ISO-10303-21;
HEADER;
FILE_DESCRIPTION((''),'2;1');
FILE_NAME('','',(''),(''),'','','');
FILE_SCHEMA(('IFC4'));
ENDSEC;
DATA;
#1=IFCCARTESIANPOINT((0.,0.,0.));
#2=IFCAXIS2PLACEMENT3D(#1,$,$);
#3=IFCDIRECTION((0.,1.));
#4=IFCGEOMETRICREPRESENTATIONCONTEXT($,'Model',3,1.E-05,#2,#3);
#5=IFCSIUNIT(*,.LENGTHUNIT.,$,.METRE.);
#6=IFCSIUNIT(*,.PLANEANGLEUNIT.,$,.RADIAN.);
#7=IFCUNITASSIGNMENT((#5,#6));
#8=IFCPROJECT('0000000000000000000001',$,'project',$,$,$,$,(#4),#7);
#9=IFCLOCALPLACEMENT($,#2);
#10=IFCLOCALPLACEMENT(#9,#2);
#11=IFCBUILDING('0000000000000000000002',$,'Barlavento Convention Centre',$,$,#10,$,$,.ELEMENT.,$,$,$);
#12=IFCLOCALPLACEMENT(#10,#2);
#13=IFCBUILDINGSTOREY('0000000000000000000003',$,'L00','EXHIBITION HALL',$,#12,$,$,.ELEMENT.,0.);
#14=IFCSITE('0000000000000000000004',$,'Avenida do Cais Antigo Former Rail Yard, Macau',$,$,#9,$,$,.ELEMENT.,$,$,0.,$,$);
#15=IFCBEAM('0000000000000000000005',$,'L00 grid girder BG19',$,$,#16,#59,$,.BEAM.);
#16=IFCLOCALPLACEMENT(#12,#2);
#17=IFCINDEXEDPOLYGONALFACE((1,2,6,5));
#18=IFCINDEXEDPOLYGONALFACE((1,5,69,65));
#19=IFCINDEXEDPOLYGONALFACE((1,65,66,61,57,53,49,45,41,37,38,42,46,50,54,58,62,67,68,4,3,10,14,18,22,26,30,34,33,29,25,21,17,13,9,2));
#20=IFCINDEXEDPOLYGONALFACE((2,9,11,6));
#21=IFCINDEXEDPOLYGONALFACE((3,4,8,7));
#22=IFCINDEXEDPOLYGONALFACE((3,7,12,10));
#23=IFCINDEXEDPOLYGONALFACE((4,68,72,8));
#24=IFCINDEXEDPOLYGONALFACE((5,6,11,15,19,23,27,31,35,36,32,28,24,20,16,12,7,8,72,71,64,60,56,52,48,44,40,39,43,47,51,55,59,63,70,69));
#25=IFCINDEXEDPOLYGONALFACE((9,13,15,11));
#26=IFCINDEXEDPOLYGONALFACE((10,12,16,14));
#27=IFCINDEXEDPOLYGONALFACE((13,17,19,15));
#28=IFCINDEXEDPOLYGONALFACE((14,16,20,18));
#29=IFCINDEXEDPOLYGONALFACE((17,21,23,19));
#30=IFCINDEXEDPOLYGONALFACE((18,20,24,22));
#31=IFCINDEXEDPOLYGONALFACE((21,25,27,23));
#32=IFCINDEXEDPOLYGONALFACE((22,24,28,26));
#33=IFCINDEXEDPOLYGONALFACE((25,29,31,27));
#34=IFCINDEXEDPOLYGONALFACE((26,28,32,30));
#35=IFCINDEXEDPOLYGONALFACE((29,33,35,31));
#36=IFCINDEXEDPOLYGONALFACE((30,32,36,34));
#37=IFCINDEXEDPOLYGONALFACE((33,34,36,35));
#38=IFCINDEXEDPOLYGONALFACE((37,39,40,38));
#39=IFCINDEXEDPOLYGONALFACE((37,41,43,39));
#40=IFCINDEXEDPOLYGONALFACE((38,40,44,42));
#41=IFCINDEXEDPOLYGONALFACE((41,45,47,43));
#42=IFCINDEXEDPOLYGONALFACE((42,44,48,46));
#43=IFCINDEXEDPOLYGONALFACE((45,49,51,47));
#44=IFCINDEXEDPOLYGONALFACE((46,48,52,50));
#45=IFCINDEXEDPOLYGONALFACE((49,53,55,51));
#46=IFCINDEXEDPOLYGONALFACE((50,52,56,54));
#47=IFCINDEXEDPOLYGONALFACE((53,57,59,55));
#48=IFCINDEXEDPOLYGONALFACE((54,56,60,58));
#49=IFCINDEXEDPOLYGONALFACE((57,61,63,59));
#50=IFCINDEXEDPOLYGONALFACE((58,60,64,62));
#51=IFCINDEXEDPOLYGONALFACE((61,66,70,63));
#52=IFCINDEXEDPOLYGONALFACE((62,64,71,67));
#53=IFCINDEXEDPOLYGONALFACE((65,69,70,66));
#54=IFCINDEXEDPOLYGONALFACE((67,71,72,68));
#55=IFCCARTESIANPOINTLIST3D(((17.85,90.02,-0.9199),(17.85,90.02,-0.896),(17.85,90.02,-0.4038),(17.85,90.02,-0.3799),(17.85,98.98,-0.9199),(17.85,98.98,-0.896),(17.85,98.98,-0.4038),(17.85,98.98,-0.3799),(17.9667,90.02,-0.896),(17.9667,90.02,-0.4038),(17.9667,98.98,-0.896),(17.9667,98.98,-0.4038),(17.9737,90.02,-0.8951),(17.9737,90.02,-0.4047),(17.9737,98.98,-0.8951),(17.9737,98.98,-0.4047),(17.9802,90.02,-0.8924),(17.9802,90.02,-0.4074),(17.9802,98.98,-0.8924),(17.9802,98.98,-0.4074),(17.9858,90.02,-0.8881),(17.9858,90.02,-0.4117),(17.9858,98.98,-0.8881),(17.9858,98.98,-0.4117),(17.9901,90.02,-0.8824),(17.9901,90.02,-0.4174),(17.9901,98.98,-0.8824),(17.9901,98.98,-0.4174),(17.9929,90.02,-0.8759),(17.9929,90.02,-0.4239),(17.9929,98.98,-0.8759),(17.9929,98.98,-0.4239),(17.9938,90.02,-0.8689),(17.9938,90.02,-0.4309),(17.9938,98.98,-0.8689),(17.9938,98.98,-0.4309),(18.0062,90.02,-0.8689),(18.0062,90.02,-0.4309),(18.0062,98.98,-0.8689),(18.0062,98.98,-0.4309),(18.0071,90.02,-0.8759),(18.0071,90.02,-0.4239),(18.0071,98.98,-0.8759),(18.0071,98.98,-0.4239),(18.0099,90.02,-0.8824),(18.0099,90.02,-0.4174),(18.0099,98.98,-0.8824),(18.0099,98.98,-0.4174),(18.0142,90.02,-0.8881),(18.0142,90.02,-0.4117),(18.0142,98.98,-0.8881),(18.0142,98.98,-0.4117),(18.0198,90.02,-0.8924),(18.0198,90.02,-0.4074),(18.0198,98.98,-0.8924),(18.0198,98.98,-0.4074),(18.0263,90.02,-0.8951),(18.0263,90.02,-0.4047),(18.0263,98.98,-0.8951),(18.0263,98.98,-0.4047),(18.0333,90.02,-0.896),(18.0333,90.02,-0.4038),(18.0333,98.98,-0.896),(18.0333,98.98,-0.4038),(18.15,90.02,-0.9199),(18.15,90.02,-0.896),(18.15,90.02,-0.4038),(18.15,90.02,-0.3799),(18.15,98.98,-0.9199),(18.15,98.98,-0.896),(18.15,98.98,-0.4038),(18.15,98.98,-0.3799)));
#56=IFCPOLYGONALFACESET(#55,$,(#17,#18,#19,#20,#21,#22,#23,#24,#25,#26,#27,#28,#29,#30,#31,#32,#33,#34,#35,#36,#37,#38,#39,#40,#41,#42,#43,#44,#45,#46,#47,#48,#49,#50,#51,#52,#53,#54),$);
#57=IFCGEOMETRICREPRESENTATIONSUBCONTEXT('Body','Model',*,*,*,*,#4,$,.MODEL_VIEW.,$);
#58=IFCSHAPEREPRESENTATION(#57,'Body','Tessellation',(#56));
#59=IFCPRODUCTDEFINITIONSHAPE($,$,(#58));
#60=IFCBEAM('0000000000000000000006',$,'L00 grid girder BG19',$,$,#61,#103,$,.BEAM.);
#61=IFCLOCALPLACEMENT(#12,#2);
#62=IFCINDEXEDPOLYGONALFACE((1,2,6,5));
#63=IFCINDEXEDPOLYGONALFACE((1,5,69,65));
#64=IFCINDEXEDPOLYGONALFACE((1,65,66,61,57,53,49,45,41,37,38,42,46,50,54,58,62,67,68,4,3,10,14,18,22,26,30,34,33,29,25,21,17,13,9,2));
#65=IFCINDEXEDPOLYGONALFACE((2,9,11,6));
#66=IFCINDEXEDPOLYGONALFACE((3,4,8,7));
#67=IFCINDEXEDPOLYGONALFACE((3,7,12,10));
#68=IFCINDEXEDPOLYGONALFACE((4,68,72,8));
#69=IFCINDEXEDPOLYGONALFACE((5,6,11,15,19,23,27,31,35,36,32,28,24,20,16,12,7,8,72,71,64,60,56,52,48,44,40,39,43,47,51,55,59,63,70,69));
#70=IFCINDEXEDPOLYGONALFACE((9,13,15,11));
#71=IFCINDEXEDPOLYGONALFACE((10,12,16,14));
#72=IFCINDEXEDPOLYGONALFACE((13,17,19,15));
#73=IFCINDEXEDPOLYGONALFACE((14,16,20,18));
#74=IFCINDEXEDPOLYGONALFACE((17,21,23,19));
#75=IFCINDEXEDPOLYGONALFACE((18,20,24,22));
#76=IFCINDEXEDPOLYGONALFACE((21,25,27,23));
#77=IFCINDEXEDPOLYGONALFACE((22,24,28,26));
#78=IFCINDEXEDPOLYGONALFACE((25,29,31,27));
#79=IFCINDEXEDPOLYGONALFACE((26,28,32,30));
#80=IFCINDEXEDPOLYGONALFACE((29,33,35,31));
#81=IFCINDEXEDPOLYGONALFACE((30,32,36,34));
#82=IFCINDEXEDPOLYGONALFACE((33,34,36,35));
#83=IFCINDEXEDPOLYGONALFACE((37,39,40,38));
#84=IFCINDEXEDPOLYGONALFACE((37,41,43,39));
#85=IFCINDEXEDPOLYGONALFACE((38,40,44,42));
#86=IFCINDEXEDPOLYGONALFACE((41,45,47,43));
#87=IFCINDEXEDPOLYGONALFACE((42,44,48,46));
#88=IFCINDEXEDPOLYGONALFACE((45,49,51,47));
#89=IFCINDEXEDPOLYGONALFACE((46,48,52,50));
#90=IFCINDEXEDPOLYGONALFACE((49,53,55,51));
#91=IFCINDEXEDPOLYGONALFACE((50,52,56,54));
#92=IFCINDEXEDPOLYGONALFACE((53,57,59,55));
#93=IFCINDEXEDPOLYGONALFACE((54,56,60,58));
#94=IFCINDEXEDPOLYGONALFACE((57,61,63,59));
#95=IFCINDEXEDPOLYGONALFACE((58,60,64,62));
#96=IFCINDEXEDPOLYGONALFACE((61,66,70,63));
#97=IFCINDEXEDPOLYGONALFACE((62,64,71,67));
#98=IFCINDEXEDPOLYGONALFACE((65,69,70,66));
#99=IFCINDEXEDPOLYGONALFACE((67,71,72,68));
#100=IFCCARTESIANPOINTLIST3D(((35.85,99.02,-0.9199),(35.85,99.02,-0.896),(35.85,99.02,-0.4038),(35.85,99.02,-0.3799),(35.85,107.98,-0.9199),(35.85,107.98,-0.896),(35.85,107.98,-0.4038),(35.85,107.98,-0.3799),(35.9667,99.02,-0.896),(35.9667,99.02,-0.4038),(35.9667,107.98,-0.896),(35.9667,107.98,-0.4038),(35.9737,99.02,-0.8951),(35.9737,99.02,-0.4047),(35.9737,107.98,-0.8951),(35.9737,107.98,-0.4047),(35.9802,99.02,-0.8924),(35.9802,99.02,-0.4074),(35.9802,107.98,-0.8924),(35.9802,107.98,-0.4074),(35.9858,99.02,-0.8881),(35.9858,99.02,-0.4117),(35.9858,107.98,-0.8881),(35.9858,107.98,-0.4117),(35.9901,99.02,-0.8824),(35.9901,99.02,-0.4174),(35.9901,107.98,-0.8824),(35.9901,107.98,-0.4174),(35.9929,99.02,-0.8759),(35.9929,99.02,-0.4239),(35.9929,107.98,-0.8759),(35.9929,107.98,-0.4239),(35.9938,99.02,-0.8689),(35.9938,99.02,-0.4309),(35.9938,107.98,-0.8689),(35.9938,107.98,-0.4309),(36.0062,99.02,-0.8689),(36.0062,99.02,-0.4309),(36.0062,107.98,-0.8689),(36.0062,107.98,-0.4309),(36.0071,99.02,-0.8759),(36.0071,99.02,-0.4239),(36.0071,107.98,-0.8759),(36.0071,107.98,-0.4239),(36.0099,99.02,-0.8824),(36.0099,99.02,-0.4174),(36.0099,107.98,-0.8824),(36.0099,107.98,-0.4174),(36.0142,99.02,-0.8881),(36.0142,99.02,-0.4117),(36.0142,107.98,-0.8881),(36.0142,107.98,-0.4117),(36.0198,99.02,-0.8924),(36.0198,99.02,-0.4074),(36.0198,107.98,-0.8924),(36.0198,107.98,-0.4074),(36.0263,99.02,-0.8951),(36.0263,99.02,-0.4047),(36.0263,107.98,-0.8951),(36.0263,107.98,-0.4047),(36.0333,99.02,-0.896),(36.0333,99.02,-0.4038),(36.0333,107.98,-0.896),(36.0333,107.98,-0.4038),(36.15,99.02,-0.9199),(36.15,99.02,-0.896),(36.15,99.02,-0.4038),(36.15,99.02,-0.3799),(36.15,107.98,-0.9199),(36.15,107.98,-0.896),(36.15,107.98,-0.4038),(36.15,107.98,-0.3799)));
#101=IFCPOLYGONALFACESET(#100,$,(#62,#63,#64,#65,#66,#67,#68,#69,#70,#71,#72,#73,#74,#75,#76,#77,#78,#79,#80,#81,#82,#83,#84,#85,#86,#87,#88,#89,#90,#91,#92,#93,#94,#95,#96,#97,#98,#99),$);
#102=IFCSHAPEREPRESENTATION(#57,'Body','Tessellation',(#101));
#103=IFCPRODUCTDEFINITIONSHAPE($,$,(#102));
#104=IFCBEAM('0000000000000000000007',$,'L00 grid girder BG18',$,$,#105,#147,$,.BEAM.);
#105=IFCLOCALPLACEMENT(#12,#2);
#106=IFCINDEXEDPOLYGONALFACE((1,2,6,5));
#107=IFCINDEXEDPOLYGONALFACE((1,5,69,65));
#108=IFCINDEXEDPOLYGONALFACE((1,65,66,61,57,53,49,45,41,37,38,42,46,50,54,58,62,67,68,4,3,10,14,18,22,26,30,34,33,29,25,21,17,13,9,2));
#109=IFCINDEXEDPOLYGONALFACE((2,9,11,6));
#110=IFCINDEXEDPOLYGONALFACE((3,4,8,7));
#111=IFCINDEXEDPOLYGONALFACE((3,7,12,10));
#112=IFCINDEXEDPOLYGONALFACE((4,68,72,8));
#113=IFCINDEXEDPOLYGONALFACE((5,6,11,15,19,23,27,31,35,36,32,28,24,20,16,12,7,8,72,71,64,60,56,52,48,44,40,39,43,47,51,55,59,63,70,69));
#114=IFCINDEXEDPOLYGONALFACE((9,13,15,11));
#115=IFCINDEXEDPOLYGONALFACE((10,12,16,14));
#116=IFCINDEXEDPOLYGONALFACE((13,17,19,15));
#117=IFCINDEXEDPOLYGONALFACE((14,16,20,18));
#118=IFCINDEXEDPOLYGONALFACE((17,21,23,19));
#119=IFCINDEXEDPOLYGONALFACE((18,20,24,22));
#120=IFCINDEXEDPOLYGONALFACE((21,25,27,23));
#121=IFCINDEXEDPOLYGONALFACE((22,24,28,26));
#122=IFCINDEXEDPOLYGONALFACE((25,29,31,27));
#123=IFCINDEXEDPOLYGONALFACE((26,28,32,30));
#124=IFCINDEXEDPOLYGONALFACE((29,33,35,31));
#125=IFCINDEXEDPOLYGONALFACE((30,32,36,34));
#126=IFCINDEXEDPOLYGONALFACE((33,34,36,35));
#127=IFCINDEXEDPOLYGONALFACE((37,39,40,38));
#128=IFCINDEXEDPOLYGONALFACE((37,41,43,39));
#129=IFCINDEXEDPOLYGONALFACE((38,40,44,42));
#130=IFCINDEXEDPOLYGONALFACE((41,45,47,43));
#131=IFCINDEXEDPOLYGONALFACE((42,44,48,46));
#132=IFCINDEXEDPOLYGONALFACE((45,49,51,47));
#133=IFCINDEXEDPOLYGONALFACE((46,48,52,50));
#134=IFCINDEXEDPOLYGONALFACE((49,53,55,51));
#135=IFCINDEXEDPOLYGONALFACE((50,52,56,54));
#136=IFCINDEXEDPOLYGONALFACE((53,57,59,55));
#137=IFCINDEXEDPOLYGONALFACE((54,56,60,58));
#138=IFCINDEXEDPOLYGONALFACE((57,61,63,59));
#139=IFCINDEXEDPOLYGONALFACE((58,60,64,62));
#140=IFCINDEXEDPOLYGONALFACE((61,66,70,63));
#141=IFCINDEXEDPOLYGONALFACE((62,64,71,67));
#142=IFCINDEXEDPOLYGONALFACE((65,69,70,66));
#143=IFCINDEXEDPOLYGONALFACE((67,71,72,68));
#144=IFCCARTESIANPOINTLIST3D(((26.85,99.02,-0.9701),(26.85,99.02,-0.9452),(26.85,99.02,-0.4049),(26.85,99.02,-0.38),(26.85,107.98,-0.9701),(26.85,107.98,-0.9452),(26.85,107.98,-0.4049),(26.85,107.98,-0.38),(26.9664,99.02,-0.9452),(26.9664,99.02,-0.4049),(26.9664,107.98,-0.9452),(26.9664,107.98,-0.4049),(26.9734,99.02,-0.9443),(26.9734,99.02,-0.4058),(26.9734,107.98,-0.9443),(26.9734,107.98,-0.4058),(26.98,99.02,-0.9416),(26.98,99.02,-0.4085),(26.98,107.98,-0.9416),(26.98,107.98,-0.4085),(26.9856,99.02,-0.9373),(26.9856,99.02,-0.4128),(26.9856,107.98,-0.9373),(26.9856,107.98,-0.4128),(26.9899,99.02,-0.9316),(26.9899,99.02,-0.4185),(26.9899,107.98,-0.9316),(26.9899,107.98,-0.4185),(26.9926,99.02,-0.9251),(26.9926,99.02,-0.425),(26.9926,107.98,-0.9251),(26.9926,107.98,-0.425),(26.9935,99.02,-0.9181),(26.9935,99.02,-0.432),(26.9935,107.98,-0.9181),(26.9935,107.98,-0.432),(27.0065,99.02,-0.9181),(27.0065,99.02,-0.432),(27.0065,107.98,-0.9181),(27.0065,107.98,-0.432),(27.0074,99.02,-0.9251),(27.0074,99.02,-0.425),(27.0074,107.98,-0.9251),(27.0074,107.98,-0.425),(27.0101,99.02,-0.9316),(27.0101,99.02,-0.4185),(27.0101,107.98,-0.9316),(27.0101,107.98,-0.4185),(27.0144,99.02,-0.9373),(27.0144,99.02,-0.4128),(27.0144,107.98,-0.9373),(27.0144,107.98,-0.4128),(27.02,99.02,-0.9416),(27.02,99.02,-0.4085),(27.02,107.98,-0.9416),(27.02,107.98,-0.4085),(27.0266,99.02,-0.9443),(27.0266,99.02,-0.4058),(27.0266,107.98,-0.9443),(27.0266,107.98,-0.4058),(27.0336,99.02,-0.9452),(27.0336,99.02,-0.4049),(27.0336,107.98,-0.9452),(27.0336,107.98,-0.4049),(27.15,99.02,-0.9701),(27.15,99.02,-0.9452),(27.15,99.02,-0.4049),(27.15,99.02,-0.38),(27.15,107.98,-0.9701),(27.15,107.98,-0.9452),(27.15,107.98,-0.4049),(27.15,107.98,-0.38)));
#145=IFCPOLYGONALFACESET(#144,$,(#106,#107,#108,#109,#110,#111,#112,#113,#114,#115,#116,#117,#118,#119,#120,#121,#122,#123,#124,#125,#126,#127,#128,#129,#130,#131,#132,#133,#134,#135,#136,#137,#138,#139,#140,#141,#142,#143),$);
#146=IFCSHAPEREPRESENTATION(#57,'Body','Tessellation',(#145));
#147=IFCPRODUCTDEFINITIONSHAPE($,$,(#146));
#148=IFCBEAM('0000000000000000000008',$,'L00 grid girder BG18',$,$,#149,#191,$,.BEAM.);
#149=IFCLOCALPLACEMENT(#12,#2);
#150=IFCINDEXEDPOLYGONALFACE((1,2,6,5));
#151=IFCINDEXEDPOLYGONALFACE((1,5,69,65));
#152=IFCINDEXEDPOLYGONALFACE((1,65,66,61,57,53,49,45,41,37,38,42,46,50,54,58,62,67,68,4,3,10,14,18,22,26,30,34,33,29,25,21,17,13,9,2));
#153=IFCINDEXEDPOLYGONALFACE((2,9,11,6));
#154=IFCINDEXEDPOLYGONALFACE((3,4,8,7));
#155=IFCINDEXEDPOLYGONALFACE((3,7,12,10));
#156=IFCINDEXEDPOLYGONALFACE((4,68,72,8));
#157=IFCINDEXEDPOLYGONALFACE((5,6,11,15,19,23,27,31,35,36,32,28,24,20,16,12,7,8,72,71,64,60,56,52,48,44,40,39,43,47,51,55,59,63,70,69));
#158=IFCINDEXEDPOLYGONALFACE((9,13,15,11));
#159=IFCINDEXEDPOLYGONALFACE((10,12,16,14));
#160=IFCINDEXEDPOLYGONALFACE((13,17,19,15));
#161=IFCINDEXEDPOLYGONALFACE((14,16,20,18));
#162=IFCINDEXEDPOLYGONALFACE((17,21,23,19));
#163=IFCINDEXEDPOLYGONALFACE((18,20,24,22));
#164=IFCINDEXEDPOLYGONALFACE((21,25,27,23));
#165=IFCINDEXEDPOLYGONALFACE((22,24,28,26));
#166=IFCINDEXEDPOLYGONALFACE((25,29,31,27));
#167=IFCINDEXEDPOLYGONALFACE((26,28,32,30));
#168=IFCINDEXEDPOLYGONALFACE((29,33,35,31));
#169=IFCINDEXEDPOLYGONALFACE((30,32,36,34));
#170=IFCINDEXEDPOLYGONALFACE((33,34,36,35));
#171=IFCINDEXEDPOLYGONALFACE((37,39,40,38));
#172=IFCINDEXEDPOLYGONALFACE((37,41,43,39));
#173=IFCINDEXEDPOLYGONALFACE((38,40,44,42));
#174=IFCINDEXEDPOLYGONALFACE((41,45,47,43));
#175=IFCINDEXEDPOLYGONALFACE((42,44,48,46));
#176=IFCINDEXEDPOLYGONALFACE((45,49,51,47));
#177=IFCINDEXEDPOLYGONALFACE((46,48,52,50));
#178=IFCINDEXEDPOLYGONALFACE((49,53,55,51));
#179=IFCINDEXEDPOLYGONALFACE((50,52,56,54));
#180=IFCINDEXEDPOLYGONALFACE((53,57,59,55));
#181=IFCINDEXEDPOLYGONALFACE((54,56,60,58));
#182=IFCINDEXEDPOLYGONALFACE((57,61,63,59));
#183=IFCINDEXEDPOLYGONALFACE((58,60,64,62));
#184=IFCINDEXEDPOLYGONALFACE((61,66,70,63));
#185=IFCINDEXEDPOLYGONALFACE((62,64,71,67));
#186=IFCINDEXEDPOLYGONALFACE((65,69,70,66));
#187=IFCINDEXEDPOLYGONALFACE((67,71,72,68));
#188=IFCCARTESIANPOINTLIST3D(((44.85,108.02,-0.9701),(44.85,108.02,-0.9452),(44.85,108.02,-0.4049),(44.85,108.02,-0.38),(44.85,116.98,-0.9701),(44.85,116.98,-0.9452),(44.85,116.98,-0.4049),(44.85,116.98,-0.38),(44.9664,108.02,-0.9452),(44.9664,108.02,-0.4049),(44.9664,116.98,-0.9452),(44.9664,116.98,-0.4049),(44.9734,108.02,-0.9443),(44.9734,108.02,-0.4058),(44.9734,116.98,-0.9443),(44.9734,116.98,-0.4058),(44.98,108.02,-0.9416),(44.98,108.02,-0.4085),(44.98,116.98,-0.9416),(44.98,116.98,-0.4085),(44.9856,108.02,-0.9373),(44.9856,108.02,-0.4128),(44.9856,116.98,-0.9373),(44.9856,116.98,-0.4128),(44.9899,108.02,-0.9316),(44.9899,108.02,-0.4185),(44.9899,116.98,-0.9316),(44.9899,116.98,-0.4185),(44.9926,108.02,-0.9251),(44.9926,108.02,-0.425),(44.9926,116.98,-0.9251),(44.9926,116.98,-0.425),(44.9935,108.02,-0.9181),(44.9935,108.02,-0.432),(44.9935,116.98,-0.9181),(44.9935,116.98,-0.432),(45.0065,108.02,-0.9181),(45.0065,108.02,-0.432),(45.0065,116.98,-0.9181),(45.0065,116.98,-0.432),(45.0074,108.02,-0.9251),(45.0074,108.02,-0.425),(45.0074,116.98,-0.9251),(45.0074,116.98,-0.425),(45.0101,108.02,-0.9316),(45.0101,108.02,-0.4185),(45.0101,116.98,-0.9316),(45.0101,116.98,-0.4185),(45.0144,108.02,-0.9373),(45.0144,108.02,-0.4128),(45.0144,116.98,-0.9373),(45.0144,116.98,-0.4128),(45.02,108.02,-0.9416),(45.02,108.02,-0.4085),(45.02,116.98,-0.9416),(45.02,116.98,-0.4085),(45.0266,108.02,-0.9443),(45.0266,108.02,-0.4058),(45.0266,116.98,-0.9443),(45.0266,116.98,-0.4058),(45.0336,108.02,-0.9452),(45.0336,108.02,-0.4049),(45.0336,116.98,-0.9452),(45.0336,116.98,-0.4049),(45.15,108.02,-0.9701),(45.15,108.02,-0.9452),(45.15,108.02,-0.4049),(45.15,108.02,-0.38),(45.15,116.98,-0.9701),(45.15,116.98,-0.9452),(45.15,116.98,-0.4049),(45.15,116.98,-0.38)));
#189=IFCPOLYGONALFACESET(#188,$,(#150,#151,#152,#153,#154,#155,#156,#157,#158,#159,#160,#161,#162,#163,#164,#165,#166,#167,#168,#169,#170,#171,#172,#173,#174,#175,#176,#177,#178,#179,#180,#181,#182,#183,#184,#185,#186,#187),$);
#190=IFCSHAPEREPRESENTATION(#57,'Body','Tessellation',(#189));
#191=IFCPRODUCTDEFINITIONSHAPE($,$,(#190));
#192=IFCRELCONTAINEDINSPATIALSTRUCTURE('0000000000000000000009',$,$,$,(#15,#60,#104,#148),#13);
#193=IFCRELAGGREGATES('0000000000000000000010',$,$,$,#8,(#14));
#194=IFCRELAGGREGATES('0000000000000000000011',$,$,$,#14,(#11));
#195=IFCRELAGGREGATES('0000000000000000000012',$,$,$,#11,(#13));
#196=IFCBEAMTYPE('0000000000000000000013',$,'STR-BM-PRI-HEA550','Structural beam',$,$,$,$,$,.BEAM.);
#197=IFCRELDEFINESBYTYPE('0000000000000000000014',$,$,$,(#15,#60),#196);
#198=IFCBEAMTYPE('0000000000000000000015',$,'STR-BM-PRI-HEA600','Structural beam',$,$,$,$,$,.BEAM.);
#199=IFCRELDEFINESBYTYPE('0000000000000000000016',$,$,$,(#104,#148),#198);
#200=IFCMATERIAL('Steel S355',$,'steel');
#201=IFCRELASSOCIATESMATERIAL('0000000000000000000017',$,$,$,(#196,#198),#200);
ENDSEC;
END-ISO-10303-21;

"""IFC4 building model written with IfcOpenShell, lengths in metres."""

from ifc_helpers import new_model, si_unit, direction, frame, origin, origin_2d, place, context, subcontext, project, spatial, i_section, extrude, material, material_profile, profile_set, type_object, element, save


model = new_model("IFC4")

# Units and contexts
model_context = context("Model", 3, precision=1e-05, world=origin(), true_north=direction((0.0, 1.0)))
body_context = subcontext(model_context, "Body", "Model", "MODEL_VIEW")
ifc_project = project(units=[si_unit("LENGTHUNIT", "METRE"), si_unit("PLANEANGLEUNIT", "RADIAN")], contexts=[model_context])

# Site, building, storey
site_placement = place(None, origin())
site = spatial("IfcSite", under=ifc_project, at=site_placement, Name="Avenida do Cais Antigo Former Rail Yard, Macau", CompositionType="ELEMENT", RefElevation=0.0)
building_placement = place(site_placement, origin())
building = spatial("IfcBuilding", under=site, at=building_placement, Name="Barlavento Convention Centre", CompositionType="ELEMENT")
storey_placement = place(building_placement, origin())
storey = spatial("IfcBuildingStorey", under=building, at=storey_placement, Name="L00", Description="EXHIBITION HALL", CompositionType="ELEMENT", Elevation=0.0)

# Beams
ifc_material_1 = material(Name="Steel S355", Category="steel")
ifc_material_profile_1 = material_profile(ifc_material_1, i_section(OverallWidth=0.3, OverallDepth=0.54, WebThickness=0.0125, FlangeThickness=0.0239, FilletRadius=0.0271, at=origin_2d()), Name="HEA 550")
ifc_profile_set_1 = profile_set([ifc_material_profile_1], Name="Steel S355")
beam_type_1 = type_object("IfcBeamType", Name="STR-BM-PRI-HEA550", Description="Structural beam", PredefinedType="BEAM", material=ifc_profile_set_1)
for number, where, z_axis, x_axis, name in (
    (1, (18.0, 90.02, -0.6499), (0.0, 1.0, 0.0), (-1.0, 0.0, 0.0), "L00 grid girder BG19"),
    (2, (36.0, 99.02, -0.6499), (0.0, 1.0, 0.0), (-1.0, 0.0, 0.0), "L00 grid girder BG19"),
):
    element("IfcBeam", number, at=place(storey_placement, frame(where, z_axis=z_axis, x_axis=x_axis)), inside=storey, type_object=beam_type_1, Name=name, PredefinedType="BEAM", context=body_context, shape_type="SweptSolid", body=[
        extrude(i_section(OverallWidth=0.3, OverallDepth=0.54, WebThickness=0.0125, FlangeThickness=0.0239, FilletRadius=0.0271, at=origin_2d()), origin(), (0.0, 0.0, 1.0), 8.96),
    ])
ifc_material_profile_2 = material_profile(ifc_material_1, i_section(OverallWidth=0.3, OverallDepth=0.5901, WebThickness=0.0129, FlangeThickness=0.0249, FilletRadius=0.0271, at=origin_2d()), Name="HEA 600")
ifc_profile_set_2 = profile_set([ifc_material_profile_2], Name="Steel S355")
beam_type_2 = type_object("IfcBeamType", Name="STR-BM-PRI-HEA600", Description="Structural beam", PredefinedType="BEAM", material=ifc_profile_set_2)
for number, where, z_axis, x_axis, name in (
    (3, (27.0, 99.02, -0.675), (0.0, 1.0, 0.0), (-1.0, 0.0, 0.0), "L00 grid girder BG18"),
    (4, (45.0, 108.02, -0.675), (0.0, 1.0, 0.0), (-1.0, 0.0, 0.0), "L00 grid girder BG18"),
):
    element("IfcBeam", number, at=place(storey_placement, frame(where, z_axis=z_axis, x_axis=x_axis)), inside=storey, type_object=beam_type_2, Name=name, PredefinedType="BEAM", context=body_context, shape_type="SweptSolid", body=[
        extrude(i_section(OverallWidth=0.3, OverallDepth=0.5901, WebThickness=0.0129, FlangeThickness=0.0249, FilletRadius=0.0271, at=origin_2d()), origin(), (0.0, 0.0, 1.0), 8.96),
    ])

save(model, "model.ifc")
